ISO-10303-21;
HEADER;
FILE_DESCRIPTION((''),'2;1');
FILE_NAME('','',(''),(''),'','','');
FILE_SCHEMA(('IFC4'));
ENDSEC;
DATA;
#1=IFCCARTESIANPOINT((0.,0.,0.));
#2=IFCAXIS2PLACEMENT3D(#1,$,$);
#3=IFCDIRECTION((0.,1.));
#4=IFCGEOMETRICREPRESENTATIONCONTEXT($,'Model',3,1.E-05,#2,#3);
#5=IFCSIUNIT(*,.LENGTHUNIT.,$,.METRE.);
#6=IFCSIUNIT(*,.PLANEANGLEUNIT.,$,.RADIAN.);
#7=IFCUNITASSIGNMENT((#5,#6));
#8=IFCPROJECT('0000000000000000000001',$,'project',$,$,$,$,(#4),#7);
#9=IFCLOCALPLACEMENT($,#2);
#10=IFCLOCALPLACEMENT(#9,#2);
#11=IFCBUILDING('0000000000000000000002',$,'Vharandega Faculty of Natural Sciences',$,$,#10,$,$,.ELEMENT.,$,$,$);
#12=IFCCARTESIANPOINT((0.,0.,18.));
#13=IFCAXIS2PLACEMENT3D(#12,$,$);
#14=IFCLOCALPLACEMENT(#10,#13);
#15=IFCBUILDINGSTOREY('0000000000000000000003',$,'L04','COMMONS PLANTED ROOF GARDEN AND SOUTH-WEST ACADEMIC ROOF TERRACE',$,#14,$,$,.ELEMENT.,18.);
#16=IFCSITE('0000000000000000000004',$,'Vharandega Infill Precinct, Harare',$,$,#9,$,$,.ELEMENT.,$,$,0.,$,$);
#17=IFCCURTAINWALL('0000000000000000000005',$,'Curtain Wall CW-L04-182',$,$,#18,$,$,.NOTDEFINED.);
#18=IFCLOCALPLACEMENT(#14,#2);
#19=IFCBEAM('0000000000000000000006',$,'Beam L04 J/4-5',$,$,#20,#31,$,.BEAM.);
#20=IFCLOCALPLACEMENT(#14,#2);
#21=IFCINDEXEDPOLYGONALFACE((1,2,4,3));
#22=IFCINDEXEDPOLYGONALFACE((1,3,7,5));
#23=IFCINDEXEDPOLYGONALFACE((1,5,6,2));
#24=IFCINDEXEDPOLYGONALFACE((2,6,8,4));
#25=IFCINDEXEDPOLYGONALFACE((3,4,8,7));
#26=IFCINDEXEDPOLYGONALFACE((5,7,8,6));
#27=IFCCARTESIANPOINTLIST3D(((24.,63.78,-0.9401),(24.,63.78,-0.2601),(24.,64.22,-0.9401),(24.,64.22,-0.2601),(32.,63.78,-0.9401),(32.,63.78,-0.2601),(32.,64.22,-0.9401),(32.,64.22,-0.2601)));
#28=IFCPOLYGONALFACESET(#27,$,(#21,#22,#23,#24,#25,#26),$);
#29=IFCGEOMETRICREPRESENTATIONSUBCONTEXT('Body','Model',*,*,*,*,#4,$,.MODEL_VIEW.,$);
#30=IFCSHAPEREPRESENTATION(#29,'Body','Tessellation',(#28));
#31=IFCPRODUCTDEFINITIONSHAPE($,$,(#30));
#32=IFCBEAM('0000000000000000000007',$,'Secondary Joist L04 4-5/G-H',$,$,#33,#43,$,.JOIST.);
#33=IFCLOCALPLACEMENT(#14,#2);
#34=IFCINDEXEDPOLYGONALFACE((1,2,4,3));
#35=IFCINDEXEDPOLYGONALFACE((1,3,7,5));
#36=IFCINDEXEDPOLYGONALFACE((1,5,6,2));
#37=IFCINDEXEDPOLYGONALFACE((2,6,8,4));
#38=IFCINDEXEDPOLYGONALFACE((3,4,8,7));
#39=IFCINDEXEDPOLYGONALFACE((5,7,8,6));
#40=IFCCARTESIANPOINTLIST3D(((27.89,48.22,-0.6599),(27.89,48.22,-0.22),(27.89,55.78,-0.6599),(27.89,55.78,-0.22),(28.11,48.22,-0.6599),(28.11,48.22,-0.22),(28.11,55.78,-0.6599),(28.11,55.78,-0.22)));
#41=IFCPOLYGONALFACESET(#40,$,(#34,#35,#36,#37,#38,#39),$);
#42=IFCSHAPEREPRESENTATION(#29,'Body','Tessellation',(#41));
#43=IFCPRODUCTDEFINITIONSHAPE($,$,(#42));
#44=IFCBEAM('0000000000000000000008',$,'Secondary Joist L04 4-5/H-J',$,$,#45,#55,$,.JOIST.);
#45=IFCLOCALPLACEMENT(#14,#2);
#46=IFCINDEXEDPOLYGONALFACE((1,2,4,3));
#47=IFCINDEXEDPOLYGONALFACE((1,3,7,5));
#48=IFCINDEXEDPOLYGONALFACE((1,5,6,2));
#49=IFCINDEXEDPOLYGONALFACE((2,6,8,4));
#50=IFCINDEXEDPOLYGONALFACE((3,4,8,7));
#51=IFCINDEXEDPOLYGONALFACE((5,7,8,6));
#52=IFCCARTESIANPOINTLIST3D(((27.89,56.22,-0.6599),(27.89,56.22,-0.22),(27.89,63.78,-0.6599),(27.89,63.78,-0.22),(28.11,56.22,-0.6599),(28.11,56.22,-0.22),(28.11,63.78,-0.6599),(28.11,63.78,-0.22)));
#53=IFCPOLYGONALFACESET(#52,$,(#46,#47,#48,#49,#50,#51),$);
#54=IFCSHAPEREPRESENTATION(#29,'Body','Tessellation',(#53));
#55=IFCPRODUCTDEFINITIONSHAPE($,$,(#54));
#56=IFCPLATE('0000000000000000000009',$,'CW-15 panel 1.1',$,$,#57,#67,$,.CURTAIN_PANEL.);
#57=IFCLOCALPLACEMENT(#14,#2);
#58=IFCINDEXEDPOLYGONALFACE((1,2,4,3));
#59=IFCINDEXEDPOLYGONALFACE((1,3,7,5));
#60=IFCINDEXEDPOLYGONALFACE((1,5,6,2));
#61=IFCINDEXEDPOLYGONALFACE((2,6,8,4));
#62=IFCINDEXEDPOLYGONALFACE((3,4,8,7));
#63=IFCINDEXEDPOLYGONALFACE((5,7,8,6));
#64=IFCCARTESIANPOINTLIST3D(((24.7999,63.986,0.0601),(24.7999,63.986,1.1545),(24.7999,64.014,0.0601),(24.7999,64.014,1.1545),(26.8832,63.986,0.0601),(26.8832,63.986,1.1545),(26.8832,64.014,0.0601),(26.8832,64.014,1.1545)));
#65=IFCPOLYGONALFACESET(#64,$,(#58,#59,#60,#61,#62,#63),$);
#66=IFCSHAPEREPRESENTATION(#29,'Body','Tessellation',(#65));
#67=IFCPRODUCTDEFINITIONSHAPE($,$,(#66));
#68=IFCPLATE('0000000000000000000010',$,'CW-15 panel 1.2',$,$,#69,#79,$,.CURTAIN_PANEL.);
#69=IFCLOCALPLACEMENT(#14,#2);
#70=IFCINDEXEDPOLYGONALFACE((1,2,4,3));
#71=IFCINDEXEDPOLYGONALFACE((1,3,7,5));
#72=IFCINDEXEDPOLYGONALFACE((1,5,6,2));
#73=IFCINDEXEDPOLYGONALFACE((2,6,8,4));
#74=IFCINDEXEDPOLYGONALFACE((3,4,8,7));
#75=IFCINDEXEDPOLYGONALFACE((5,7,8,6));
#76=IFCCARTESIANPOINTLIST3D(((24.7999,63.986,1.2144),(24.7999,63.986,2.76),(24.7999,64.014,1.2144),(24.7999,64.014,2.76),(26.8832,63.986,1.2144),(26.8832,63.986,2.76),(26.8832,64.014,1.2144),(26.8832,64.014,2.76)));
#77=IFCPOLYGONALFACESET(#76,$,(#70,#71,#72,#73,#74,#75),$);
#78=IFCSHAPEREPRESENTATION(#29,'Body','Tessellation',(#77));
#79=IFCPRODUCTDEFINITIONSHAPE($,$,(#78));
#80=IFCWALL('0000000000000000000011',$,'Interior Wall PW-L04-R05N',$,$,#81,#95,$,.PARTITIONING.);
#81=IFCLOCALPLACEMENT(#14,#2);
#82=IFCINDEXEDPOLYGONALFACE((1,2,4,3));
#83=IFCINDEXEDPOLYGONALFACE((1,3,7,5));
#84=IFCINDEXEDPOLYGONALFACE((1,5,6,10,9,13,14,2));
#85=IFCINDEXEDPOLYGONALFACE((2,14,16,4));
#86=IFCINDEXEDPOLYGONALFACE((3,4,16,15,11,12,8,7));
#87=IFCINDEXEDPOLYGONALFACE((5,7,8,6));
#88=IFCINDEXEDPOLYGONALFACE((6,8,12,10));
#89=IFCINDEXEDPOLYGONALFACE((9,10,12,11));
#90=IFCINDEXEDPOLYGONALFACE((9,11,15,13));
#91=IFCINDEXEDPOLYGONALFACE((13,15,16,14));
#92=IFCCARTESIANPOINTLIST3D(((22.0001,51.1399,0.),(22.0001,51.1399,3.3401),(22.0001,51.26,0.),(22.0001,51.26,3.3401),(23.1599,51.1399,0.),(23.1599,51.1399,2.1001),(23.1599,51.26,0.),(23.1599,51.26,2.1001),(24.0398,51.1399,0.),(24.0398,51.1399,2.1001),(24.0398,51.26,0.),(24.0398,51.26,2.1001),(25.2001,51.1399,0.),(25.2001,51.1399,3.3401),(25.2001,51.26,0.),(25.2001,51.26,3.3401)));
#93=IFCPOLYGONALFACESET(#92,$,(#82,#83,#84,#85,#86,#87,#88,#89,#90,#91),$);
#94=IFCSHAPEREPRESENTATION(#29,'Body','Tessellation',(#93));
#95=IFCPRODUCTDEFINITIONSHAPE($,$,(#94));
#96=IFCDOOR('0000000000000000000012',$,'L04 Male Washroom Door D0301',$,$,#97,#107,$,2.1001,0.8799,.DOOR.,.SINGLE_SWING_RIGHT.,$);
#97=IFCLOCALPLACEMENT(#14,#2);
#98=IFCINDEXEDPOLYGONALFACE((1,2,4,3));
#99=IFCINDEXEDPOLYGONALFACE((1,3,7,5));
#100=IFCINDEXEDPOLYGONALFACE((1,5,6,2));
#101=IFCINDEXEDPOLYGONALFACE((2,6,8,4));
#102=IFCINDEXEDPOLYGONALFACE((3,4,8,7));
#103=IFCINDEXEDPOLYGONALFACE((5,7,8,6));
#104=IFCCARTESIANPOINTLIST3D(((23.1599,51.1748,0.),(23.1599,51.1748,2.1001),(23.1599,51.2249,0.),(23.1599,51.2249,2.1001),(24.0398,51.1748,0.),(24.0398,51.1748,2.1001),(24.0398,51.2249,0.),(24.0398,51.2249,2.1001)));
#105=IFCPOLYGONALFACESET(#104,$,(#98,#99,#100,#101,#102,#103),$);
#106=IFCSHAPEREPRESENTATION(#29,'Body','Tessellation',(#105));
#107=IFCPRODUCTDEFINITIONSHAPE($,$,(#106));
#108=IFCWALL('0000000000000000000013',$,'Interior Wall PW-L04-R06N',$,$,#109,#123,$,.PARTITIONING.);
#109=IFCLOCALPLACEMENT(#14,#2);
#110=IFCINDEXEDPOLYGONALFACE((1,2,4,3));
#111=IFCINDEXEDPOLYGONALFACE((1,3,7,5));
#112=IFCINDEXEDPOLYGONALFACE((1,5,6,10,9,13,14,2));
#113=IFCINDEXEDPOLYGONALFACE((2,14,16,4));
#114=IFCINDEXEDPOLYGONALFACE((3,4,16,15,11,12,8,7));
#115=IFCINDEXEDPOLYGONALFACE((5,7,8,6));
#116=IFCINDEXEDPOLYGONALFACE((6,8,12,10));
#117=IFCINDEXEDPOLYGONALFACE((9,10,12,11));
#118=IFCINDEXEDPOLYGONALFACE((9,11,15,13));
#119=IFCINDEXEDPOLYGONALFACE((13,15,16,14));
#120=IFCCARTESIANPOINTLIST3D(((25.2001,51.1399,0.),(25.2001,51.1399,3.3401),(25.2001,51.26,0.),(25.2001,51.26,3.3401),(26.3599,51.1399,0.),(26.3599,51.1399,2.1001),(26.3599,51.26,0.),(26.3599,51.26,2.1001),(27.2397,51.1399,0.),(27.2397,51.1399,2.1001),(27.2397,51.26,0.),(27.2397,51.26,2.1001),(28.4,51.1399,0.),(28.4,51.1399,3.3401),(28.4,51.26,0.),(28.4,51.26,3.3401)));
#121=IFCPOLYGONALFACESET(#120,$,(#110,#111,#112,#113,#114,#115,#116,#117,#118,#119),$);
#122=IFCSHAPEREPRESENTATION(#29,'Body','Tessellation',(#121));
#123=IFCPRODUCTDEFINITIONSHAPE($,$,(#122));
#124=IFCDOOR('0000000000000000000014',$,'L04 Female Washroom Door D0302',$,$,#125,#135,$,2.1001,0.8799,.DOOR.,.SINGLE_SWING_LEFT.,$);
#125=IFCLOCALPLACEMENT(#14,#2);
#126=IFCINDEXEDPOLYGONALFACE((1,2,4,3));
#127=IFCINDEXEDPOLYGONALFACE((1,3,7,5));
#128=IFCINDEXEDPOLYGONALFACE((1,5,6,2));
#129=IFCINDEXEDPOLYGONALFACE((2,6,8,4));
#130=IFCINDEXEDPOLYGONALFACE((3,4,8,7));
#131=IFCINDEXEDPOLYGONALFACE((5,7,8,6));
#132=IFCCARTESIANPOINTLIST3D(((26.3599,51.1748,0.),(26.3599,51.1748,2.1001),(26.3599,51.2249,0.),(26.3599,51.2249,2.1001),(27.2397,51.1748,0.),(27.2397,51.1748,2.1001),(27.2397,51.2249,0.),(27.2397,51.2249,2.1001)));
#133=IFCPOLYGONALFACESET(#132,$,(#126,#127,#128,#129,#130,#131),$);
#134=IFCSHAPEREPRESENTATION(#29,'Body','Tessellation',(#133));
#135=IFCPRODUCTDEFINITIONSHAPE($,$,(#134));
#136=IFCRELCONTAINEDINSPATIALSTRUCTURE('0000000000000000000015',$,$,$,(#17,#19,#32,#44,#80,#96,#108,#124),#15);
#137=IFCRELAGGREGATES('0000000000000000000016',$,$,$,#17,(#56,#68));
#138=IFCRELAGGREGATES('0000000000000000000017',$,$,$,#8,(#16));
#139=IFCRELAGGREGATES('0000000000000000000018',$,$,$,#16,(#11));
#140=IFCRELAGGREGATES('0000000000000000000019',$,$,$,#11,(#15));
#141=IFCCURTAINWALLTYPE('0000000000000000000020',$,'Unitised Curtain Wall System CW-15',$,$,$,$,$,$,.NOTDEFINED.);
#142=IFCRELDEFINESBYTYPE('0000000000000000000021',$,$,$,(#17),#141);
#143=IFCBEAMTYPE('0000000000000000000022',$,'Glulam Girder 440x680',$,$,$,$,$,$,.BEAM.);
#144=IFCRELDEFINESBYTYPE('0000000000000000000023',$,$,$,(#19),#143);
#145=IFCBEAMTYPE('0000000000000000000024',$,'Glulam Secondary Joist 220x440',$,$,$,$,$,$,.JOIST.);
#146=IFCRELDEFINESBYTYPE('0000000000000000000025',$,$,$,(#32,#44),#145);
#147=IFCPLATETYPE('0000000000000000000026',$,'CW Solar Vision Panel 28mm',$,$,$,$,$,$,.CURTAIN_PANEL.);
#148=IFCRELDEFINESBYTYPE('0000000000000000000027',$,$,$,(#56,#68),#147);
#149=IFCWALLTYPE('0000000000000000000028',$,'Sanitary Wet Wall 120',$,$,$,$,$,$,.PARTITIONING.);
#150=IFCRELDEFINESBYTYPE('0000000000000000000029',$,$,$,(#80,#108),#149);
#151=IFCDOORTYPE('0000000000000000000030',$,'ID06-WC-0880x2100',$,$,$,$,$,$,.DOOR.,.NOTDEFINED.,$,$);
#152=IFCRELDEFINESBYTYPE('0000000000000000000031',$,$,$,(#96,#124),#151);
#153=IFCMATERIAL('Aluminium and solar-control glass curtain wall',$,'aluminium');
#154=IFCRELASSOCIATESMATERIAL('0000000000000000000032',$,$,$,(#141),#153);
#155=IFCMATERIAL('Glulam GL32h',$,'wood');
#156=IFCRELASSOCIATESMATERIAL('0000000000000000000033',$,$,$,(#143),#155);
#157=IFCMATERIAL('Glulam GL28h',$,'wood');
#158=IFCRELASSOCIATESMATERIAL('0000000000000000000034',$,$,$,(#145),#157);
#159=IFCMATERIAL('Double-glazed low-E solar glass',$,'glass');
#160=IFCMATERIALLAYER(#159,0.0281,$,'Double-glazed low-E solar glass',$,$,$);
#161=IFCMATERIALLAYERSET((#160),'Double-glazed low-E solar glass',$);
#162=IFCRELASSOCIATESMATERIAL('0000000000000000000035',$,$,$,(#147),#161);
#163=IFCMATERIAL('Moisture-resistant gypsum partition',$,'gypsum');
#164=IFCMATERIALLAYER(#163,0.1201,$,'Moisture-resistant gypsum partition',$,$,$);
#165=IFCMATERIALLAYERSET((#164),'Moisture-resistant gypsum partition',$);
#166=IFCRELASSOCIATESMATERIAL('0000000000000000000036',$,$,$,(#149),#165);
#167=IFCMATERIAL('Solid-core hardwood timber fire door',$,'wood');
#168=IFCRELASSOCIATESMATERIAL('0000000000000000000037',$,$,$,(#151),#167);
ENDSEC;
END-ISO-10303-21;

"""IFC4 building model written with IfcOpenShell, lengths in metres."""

from ifc_helpers import new_model, si_unit, direction, frame, frame_2d, origin, origin_2d, place, context, subcontext, project, spatial, rectangle, extrude, material, layer, layer_set, material_profile, profile_set, type_object, element, fill, aggregate, save


model = new_model("IFC4")

# Units and contexts
model_context = context("Model", 3, precision=1e-05, world=origin(), true_north=direction((0.0, 1.0)))
body_context = subcontext(model_context, "Body", "Model", "MODEL_VIEW")
ifc_project = project(units=[si_unit("LENGTHUNIT", "METRE"), si_unit("PLANEANGLEUNIT", "RADIAN")], contexts=[model_context])

# Site, building, storey
site_placement = place(None, origin())
site = spatial("IfcSite", under=ifc_project, at=site_placement, Name="Vharandega Infill Precinct, Harare", CompositionType="ELEMENT", RefElevation=0.0)
building_placement = place(site_placement, origin())
building = spatial("IfcBuilding", under=site, at=building_placement, Name="Vharandega Faculty of Natural Sciences", CompositionType="ELEMENT")
storey_placement = place(building_placement, frame((0.0, 0.0, 18.0)))
storey = spatial("IfcBuildingStorey", under=building, at=storey_placement, Name="L04", Description="COMMONS PLANTED ROOF GARDEN AND SOUTH-WEST ACADEMIC ROOF TERRACE", CompositionType="ELEMENT", Elevation=18.0)

# Curtain wall
ifc_material_1 = material(Name="Aluminium and solar-control glass curtain wall", Category="aluminium")
curtain_wall_type_1 = type_object("IfcCurtainWallType", Name="Unitised Curtain Wall System CW-15", PredefinedType="NOTDEFINED", material=ifc_material_1)
curtain_wall_1_placement = place(storey_placement, origin())
curtain_wall_1 = element("IfcCurtainWall", 1, at=curtain_wall_1_placement, inside=storey, type_object=curtain_wall_type_1, Name="Curtain Wall CW-L04-182", PredefinedType="NOTDEFINED")

# Beams
ifc_material_2 = material(Name="Glulam GL32h", Category="wood")
ifc_material_profile_1 = material_profile(ifc_material_2, rectangle(XDim=0.4399, YDim=0.6799, at=origin_2d()), Name="GL32h 440x680")
ifc_profile_set_1 = profile_set([ifc_material_profile_1], Name="Glulam GL32h")
beam_type_1 = type_object("IfcBeamType", Name="Glulam Girder 440x680", PredefinedType="BEAM", material=ifc_profile_set_1)
for number, where, z_axis, x_axis, name in (
    (2, (24.0, 64.0, -0.6001), (1.0, 0.0, 0.0), (0.0, 1.0, 0.0), "Beam L04 J/4-5"),
):
    element("IfcBeam", number, at=place(storey_placement, frame(where, z_axis=z_axis, x_axis=x_axis)), inside=storey, type_object=beam_type_1, Name=name, PredefinedType="BEAM", context=body_context, shape_type="SweptSolid", body=[
        extrude(rectangle(XDim=0.4399, YDim=0.6799, at=origin_2d()), origin(), (0.0, 0.0, 1.0), 8.0),
    ])
ifc_material_3 = material(Name="Glulam GL28h", Category="wood")
ifc_material_profile_2 = material_profile(ifc_material_3, rectangle(XDim=0.22, YDim=0.4399, at=origin_2d()), Name="GL28h 220x440")
ifc_profile_set_2 = profile_set([ifc_material_profile_2], Name="Glulam GL28h")
beam_type_2 = type_object("IfcBeamType", Name="Glulam Secondary Joist 220x440", PredefinedType="JOIST", material=ifc_profile_set_2)
for number, where, z_axis, x_axis, name in (
    (3, (28.0, 48.22, -0.4399), (0.0, 1.0, 0.0), (-1.0, 0.0, 0.0), "Secondary Joist L04 4-5/G-H"),
    (4, (28.0, 56.22, -0.4399), (0.0, 1.0, 0.0), (-1.0, 0.0, 0.0), "Secondary Joist L04 4-5/H-J"),
):
    element("IfcBeam", number, at=place(storey_placement, frame(where, z_axis=z_axis, x_axis=x_axis)), inside=storey, type_object=beam_type_2, Name=name, PredefinedType="JOIST", context=body_context, shape_type="SweptSolid", body=[
        extrude(rectangle(XDim=0.22, YDim=0.4399, at=origin_2d()), origin(), (0.0, 0.0, 1.0), 7.5601),
    ])

# Plates
ifc_material_4 = material(Name="Double-glazed low-E solar glass", Category="glass")
ifc_layer_1 = layer(ifc_material_4, 0.0281, Name="Double-glazed low-E solar glass")
ifc_layer_set_1 = layer_set([ifc_layer_1], Name="Double-glazed low-E solar glass")
plate_type = type_object("IfcPlateType", Name="CW Solar Vision Panel 28mm", PredefinedType="CURTAIN_PANEL", material=ifc_layer_set_1)
plate_1_placement = place(storey_placement, frame((25.8416, 64.0, 0.0601), z_axis=(0.0, 0.0, 1.0), x_axis=(1.0, 0.0, 0.0)))
plate_1 = element("IfcPlate", 5, at=plate_1_placement, type_object=plate_type, Name="CW-15 panel 1.1", PredefinedType="CURTAIN_PANEL", context=body_context, shape_type="SweptSolid", body=[
    extrude(rectangle(XDim=2.0833, YDim=0.0281, at=origin_2d()), origin(), (0.0, 0.0, 1.0), 1.0945),
])
plate_2_placement = place(storey_placement, frame((25.8416, 64.0, 1.2144), z_axis=(0.0, 0.0, 1.0), x_axis=(1.0, 0.0, 0.0)))
plate_2 = element("IfcPlate", 6, at=plate_2_placement, type_object=plate_type, Name="CW-15 panel 1.2", PredefinedType="CURTAIN_PANEL", context=body_context, shape_type="SweptSolid", body=[
    extrude(rectangle(XDim=2.0833, YDim=0.0281, at=origin_2d()), origin(), (0.0, 0.0, 1.0), 1.5457),
])
aggregate(curtain_wall_1, [plate_1, plate_2])

# Walls, openings, doors
ifc_material_5 = material(Name="Moisture-resistant gypsum partition", Category="gypsum")
ifc_layer_2 = layer(ifc_material_5, 0.1201, Name="Moisture-resistant gypsum partition")
ifc_layer_set_2 = layer_set([ifc_layer_2], Name="Moisture-resistant gypsum partition")
wall_type = type_object("IfcWallType", Name="Sanitary Wet Wall 120", PredefinedType="PARTITIONING", material=ifc_layer_set_2)
wall_1_placement = place(storey_placement, frame((22.0, 51.2, 0.0), z_axis=(0.0, 0.0, 1.0), x_axis=(1.0, 0.0, 0.0)))
wall_1 = element("IfcWall", 7, at=wall_1_placement, inside=storey, type_object=wall_type, Name="Interior Wall PW-L04-R05N", PredefinedType="PARTITIONING", context=body_context, shape_type="SweptSolid", body=[
    extrude(rectangle(XDim=3.2, YDim=0.1201, at=frame_2d((1.6001, 0.0))), origin(), (0.0, 0.0, 1.0), 3.3401),
])
opening_1_placement = place(wall_1_placement, frame((1.1599, 0.0, 0.0)))
opening_1 = element("IfcOpeningElement", 8, at=opening_1_placement, cuts=wall_1, PredefinedType="OPENING", context=body_context, shape_type="SweptSolid", body=[
    extrude(rectangle(XDim=0.8799, YDim=2.1001, at=frame_2d((0.4399, 1.05))), frame((0.0, 0.0701, 0.0), z_axis=(0.0, -1.0, 0.0), x_axis=(1.0, 0.0, 0.0)), (0.0, 0.0, 1.0), 0.1401),
])
ifc_material_6 = material(Name="Solid-core hardwood timber fire door", Category="wood")
door_type = type_object("IfcDoorType", Name="ID06-WC-0880x2100", OperationType="NOTDEFINED", PredefinedType="DOOR", material=ifc_material_6)
door_1_placement = place(opening_1_placement, origin())
door_1 = element("IfcDoor", 9, at=door_1_placement, inside=storey, type_object=door_type, Name="L04 Male Washroom Door D0301", OperationType="SINGLE_SWING_RIGHT", OverallHeight=2.1001, OverallWidth=0.8799, PredefinedType="DOOR", context=body_context, shape_type="SweptSolid", body=[
    extrude(rectangle(XDim=0.8799, YDim=2.1001, at=frame_2d((0.4399, 1.05))), frame((0.0, 0.0249, 0.0), z_axis=(0.0, -1.0, 0.0), x_axis=(1.0, 0.0, 0.0)), (0.0, 0.0, 1.0), 0.05),
])
fill(opening_1, door_1)
wall_2_placement = place(storey_placement, frame((25.2, 51.2, 0.0), z_axis=(0.0, 0.0, 1.0), x_axis=(1.0, 0.0, 0.0)))
wall_2 = element("IfcWall", 10, at=wall_2_placement, inside=storey, type_object=wall_type, Name="Interior Wall PW-L04-R06N", PredefinedType="PARTITIONING", context=body_context, shape_type="SweptSolid", body=[
    extrude(rectangle(XDim=3.2, YDim=0.1201, at=frame_2d((1.6001, 0.0))), origin(), (0.0, 0.0, 1.0), 3.3401),
])
opening_2_placement = place(wall_2_placement, frame((1.1599, 0.0, 0.0)))
opening_2 = element("IfcOpeningElement", 11, at=opening_2_placement, cuts=wall_2, PredefinedType="OPENING", context=body_context, shape_type="SweptSolid", body=[
    extrude(rectangle(XDim=0.8799, YDim=2.1001, at=frame_2d((0.4399, 1.05))), frame((0.0, 0.0701, 0.0), z_axis=(0.0, -1.0, 0.0), x_axis=(1.0, 0.0, 0.0)), (0.0, 0.0, 1.0), 0.1401),
])
door_2_placement = place(opening_2_placement, origin())
door_2 = element("IfcDoor", 12, at=door_2_placement, inside=storey, type_object=door_type, Name="L04 Female Washroom Door D0302", OperationType="SINGLE_SWING_LEFT", OverallHeight=2.1001, OverallWidth=0.8799, PredefinedType="DOOR", context=body_context, shape_type="SweptSolid", body=[
    extrude(rectangle(XDim=0.8799, YDim=2.1001, at=frame_2d((0.4399, 1.05))), frame((0.0, 0.0249, 0.0), z_axis=(0.0, -1.0, 0.0), x_axis=(1.0, 0.0, 0.0)), (0.0, 0.0, 1.0), 0.05),
])
fill(opening_2, door_2)

save(model, "model.ifc")
